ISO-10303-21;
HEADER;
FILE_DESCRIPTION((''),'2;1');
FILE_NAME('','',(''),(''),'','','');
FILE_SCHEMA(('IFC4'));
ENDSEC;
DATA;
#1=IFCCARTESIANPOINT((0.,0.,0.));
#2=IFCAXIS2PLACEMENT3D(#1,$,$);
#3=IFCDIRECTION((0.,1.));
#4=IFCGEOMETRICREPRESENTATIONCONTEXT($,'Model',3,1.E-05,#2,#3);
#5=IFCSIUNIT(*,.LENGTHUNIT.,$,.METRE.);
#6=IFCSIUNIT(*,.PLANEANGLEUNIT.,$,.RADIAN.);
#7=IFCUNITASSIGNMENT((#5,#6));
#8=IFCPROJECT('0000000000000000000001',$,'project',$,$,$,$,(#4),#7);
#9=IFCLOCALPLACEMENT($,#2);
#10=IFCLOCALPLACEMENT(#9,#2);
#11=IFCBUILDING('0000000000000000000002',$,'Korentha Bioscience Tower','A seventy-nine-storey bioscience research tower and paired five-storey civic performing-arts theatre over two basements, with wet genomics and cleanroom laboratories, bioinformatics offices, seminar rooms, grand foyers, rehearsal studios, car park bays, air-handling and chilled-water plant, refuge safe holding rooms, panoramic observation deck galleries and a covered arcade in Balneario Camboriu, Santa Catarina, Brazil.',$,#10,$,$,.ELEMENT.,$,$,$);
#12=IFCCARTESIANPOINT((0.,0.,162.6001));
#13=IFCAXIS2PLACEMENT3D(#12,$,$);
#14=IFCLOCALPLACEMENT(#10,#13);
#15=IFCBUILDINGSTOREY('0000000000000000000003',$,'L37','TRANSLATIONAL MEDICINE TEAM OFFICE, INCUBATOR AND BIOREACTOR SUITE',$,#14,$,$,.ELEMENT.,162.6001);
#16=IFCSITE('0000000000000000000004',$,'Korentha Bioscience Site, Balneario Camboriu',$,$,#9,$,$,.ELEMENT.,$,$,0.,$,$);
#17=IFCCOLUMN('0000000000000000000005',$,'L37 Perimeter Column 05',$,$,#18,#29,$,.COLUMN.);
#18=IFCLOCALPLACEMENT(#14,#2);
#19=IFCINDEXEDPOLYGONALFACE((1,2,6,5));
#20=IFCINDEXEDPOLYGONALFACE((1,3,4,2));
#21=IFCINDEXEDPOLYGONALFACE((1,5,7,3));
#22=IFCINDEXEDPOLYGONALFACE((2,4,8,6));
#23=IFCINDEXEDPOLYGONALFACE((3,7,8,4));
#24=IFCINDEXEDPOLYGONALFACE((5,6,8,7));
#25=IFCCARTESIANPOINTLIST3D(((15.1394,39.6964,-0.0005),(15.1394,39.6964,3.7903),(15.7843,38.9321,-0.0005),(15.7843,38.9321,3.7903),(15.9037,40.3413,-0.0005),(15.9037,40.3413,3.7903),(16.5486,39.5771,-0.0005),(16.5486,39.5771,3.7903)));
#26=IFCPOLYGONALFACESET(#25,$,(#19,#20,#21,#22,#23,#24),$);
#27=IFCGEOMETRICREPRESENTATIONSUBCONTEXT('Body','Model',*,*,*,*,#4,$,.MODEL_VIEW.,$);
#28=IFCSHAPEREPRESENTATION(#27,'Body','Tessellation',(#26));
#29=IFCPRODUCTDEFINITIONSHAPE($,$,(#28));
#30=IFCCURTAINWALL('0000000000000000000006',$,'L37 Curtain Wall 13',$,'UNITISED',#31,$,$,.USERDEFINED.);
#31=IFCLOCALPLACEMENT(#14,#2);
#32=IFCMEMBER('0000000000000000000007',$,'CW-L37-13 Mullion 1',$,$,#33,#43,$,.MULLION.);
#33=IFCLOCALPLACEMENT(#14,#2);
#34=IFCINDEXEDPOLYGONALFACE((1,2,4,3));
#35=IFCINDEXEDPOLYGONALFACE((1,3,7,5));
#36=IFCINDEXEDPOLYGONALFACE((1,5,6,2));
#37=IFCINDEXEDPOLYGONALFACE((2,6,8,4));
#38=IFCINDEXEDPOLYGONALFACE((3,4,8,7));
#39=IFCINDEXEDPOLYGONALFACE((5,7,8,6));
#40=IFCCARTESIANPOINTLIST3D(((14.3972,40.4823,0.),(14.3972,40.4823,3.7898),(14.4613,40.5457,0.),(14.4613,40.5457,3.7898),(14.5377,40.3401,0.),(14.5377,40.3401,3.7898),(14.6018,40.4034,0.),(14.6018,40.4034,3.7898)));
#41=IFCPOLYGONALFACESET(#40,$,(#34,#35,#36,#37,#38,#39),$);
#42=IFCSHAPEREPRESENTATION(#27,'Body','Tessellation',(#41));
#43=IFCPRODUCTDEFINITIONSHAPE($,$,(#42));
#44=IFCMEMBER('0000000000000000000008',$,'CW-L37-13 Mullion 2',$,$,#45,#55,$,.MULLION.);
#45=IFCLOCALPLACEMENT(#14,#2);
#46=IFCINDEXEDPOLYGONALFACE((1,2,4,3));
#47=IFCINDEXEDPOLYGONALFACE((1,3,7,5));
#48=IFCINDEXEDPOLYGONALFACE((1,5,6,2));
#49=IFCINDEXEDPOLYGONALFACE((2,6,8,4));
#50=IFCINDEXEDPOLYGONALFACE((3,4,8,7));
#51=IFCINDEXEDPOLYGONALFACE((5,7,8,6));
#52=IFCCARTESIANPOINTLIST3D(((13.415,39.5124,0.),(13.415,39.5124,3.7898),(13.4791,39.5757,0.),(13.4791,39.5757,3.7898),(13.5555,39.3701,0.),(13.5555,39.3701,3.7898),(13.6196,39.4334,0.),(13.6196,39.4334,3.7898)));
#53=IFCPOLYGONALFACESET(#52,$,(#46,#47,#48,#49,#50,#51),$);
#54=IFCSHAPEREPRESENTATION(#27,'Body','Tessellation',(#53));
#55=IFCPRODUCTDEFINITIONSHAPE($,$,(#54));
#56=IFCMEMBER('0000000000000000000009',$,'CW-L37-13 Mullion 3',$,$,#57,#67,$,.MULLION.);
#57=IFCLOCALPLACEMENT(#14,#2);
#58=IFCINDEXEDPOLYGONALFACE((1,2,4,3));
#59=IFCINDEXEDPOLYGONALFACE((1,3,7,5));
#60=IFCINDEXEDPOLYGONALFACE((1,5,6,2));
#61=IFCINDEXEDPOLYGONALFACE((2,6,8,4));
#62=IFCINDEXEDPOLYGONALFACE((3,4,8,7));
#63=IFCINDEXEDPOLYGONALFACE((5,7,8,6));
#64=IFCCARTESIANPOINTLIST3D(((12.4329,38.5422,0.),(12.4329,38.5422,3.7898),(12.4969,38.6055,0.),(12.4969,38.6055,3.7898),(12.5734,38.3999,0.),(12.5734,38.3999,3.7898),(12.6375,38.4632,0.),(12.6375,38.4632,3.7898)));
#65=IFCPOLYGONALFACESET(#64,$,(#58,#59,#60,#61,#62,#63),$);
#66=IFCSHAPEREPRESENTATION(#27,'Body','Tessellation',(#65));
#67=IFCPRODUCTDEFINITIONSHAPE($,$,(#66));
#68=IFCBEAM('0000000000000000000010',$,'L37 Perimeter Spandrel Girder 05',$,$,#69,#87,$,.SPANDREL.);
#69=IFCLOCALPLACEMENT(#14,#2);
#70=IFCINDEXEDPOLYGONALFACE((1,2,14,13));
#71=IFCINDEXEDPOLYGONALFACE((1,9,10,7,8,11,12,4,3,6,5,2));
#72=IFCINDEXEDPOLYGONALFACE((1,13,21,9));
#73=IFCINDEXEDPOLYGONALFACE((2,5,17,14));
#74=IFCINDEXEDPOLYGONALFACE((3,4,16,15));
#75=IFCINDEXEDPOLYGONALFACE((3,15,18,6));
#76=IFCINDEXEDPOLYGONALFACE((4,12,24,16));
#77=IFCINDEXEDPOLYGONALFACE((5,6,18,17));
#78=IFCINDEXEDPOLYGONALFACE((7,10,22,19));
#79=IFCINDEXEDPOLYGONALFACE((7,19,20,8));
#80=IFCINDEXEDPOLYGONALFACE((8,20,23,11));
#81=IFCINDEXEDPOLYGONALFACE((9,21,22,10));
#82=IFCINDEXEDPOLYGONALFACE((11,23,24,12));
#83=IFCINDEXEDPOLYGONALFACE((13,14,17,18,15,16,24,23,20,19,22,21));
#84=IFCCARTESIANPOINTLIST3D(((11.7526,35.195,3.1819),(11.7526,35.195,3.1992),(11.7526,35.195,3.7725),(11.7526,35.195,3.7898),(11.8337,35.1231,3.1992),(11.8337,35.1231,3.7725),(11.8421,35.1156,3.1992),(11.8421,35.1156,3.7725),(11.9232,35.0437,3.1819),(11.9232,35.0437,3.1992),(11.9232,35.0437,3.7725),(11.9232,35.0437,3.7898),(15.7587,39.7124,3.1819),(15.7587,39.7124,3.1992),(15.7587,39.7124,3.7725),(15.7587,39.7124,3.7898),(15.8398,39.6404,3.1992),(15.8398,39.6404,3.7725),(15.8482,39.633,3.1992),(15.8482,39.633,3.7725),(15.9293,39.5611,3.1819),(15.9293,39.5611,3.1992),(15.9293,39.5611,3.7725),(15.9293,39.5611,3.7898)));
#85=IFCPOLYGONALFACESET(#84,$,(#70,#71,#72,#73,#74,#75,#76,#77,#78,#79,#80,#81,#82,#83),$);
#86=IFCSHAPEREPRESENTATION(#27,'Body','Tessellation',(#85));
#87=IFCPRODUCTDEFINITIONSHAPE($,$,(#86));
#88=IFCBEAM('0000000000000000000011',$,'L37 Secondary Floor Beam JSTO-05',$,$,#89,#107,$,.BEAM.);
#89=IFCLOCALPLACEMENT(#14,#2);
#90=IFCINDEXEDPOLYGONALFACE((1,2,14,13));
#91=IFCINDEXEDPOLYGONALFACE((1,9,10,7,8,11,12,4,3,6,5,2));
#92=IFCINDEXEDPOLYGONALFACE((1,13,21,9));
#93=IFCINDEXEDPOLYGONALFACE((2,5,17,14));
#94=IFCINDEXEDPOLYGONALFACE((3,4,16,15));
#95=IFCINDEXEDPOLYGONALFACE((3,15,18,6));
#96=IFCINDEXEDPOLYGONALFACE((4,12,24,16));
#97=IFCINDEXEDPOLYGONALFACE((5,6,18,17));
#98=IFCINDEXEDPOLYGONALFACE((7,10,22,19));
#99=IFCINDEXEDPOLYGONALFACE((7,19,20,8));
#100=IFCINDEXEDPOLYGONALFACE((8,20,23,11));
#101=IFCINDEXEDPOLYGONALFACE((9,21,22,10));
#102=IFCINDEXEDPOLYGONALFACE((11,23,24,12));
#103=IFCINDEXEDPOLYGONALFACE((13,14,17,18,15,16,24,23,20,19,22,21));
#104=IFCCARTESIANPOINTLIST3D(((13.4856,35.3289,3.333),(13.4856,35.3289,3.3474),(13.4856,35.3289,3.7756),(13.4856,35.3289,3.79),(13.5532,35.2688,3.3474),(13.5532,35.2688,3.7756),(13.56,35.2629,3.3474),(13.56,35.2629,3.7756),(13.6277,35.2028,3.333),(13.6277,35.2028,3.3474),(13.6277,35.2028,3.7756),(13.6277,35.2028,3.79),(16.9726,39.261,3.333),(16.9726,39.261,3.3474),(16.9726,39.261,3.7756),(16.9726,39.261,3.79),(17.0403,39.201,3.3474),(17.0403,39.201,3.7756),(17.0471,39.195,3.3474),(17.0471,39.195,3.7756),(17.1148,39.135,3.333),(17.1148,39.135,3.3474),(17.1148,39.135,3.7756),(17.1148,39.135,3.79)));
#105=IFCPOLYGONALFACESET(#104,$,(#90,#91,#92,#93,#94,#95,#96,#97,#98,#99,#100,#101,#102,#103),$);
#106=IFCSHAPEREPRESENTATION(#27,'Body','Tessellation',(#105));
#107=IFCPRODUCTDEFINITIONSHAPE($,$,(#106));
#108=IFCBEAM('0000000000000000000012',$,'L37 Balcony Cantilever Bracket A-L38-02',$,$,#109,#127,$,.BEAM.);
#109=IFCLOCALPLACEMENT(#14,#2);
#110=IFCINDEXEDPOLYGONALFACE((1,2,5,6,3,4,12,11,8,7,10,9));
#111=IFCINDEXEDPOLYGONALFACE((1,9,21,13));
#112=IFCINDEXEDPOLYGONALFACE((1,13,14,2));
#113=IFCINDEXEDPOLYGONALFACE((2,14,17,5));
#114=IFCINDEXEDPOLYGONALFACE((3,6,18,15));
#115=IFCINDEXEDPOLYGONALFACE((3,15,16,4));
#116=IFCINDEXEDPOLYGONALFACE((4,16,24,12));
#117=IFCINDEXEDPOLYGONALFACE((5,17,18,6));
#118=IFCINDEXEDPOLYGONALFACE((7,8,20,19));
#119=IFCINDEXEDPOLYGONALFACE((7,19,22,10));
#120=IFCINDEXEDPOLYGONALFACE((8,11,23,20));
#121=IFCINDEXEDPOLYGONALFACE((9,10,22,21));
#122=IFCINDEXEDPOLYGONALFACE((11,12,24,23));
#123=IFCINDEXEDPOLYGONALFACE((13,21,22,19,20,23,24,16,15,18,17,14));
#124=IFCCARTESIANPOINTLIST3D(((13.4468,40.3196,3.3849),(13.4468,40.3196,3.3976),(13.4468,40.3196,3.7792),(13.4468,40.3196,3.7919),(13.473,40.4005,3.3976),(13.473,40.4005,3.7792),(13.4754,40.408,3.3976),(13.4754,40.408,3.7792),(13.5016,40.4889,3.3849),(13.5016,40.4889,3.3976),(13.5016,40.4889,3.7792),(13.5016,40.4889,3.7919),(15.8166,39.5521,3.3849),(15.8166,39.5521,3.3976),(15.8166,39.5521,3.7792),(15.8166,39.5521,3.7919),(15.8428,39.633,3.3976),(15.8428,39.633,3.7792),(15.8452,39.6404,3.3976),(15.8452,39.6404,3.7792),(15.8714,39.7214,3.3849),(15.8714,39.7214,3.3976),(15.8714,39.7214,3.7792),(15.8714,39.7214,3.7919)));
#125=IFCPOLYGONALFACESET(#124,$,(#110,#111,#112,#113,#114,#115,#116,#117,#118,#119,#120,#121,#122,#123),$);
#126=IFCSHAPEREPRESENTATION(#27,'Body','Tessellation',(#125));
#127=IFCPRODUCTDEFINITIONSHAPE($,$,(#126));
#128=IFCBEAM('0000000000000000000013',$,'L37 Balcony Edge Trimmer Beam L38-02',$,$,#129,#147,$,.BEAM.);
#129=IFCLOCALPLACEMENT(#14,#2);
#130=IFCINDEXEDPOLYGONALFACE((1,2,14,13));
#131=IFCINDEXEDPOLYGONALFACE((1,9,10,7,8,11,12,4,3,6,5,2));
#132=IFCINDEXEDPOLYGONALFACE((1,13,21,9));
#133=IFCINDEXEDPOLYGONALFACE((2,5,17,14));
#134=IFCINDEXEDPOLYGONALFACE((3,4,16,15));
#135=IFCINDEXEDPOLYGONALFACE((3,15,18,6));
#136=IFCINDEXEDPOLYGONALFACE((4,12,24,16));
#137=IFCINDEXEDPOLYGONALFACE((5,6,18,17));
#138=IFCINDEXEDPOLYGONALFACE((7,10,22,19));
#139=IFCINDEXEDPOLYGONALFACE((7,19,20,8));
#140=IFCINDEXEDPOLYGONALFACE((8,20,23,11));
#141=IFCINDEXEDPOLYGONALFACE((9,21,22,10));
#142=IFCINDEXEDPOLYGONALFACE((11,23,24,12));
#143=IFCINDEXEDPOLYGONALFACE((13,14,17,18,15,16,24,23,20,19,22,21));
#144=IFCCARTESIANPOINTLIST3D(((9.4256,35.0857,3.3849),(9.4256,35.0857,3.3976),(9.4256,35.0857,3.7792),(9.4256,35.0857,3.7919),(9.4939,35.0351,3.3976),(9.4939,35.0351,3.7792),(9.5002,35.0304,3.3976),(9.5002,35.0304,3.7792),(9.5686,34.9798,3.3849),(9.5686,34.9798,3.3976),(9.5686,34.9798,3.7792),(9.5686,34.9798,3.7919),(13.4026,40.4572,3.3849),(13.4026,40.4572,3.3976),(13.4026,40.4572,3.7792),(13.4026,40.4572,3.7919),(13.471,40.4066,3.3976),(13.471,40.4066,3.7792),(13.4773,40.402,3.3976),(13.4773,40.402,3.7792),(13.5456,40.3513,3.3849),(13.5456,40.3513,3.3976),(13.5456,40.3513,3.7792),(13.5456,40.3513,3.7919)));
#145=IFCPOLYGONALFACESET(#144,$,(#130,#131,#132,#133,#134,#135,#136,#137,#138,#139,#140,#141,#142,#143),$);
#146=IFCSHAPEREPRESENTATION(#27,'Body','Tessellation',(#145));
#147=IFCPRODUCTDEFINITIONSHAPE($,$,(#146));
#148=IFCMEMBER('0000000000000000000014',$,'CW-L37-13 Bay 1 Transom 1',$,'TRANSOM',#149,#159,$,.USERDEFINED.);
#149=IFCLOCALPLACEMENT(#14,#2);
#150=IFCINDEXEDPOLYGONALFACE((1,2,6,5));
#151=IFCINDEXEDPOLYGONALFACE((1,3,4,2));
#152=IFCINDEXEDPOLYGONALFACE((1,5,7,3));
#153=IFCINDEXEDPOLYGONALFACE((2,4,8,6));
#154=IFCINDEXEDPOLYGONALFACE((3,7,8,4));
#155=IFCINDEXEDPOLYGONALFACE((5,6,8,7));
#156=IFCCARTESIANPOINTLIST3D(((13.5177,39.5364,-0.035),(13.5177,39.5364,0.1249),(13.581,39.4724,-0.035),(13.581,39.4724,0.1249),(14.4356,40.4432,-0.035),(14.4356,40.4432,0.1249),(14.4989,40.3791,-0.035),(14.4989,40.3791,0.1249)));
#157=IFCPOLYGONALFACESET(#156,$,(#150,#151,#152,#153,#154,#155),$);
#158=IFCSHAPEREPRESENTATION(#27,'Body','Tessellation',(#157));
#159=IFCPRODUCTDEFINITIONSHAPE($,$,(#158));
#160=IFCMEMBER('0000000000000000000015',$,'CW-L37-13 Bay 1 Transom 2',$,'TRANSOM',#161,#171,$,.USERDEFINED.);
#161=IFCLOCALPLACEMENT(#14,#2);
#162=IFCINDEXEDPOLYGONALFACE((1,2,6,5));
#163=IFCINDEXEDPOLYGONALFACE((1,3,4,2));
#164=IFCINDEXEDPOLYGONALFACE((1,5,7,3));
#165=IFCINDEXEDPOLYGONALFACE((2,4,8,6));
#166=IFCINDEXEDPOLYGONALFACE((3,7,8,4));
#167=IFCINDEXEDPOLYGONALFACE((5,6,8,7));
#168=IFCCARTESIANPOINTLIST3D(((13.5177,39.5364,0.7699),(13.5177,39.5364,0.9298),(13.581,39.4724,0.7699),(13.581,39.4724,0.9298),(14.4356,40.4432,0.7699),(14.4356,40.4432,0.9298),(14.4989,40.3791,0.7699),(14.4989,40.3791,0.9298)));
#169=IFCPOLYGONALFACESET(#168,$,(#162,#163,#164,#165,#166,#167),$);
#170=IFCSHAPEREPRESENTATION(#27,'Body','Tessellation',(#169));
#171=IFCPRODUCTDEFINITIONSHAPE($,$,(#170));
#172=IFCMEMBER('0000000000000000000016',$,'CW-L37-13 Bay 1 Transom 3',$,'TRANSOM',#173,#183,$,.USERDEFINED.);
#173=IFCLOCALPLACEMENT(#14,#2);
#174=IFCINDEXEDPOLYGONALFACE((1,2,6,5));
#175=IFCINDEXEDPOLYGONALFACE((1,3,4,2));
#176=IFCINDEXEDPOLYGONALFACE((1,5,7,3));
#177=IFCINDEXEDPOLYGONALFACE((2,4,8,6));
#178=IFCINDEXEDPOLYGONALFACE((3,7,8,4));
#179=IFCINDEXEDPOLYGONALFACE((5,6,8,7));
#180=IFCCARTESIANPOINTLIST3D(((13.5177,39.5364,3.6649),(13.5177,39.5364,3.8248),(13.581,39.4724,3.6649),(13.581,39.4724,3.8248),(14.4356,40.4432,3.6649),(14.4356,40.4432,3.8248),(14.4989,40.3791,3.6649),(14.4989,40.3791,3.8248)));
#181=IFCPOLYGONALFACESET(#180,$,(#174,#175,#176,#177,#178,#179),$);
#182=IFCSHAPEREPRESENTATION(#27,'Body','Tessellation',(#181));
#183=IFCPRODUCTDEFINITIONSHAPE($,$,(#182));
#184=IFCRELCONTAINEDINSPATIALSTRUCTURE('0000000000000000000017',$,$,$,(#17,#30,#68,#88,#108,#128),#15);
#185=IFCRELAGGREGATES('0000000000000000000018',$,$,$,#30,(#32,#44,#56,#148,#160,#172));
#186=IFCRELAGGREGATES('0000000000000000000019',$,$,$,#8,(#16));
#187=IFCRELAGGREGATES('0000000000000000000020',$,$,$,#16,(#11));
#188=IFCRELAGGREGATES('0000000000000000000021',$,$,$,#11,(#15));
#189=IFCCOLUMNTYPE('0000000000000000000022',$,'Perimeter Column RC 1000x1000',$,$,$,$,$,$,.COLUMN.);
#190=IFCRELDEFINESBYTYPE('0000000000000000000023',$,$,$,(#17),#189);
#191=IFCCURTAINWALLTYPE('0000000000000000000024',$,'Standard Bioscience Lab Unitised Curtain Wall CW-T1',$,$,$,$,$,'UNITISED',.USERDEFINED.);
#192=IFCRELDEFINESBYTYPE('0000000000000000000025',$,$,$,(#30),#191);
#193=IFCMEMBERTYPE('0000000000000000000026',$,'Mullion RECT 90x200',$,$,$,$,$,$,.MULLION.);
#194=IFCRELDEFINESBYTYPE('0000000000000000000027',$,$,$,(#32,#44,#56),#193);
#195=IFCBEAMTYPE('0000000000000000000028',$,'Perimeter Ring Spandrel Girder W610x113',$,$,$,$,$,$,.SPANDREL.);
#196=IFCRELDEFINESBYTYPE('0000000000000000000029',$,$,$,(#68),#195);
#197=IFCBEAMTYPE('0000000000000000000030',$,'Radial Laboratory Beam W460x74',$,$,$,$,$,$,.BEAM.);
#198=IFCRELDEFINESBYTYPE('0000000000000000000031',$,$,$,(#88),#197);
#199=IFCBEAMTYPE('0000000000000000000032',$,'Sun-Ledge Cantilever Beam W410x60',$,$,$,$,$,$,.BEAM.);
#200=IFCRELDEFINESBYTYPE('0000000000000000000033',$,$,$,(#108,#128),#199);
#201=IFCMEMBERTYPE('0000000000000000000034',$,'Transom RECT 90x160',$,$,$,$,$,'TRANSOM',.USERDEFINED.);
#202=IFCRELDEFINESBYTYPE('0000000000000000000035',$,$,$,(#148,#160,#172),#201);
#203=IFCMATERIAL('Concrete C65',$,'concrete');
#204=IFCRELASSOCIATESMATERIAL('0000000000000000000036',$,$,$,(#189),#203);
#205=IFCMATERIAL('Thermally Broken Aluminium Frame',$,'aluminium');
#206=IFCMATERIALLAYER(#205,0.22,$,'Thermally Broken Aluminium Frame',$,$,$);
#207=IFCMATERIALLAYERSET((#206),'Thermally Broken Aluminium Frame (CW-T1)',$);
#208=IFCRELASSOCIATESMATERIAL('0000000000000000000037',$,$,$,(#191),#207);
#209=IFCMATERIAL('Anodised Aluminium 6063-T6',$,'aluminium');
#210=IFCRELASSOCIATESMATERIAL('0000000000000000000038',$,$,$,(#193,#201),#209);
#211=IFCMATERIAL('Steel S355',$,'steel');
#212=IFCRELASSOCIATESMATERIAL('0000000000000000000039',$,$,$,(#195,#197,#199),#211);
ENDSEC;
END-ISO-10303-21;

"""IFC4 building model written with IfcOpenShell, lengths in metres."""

from ifc_helpers import new_model, si_unit, direction, frame, origin, origin_2d, place, context, subcontext, project, spatial, rectangle, i_section, extrude, material, layer, layer_set, material_profile, profile_set, type_object, element, aggregate, save


model = new_model("IFC4")

# Units and contexts
model_context = context("Model", 3, precision=1e-05, world=origin(), true_north=direction((0.0, 1.0)))
body_context = subcontext(model_context, "Body", "Model", "MODEL_VIEW")
ifc_project = project(units=[si_unit("LENGTHUNIT", "METRE"), si_unit("PLANEANGLEUNIT", "RADIAN")], contexts=[model_context])

# Site, building, storey
site_placement = place(None, origin())
site = spatial("IfcSite", under=ifc_project, at=site_placement, Name="Korentha Bioscience Site, Balneario Camboriu", CompositionType="ELEMENT", RefElevation=0.0)
building_placement = place(site_placement, origin())
building = spatial("IfcBuilding", under=site, at=building_placement, Name="Korentha Bioscience Tower", Description="A seventy-nine-storey bioscience research tower and paired five-storey civic performing-arts theatre over two basements, with wet genomics and cleanroom laboratories, bioinformatics offices, seminar rooms, grand foyers, rehearsal studios, car park bays, air-handling and chilled-water plant, refuge safe holding rooms, panoramic observation deck galleries and a covered arcade in Balneario Camboriu, Santa Catarina, Brazil.", CompositionType="ELEMENT")
storey_placement = place(building_placement, frame((0.0, 0.0, 162.6001)))
storey = spatial("IfcBuildingStorey", under=building, at=storey_placement, Name="L37", Description="TRANSLATIONAL MEDICINE TEAM OFFICE, INCUBATOR AND BIOREACTOR SUITE", CompositionType="ELEMENT", Elevation=162.6001)

# Column
ifc_material_1 = material(Name="Concrete C65", Category="concrete")
ifc_material_profile_1 = material_profile(ifc_material_1, rectangle(XDim=1.0, YDim=1.0, at=origin_2d()), Name="Concrete C65")
ifc_profile_set_1 = profile_set([ifc_material_profile_1], Name="Concrete C65 (COL-P10)")
column_type = type_object("IfcColumnType", Name="Perimeter Column RC 1000x1000", PredefinedType="COLUMN", material=ifc_profile_set_1)
column_placement = place(storey_placement, frame((15.844, 39.6367, -0.0005), z_axis=(0.0, 0.0, 1.0), x_axis=(0.764246, 0.644924, 0.0)))
element("IfcColumn", 1, at=column_placement, inside=storey, type_object=column_type, Name="L37 Perimeter Column 05", PredefinedType="COLUMN", context=body_context, shape_type="SweptSolid", body=[
    extrude(rectangle(XDim=1.0, YDim=1.0, at=origin_2d()), origin(), (0.0, 0.0, 1.0), 3.7908),
])

# Curtain wall, members
ifc_material_2 = material(Name="Thermally Broken Aluminium Frame", Category="aluminium")
ifc_layer_1 = layer(ifc_material_2, 0.22, Name="Thermally Broken Aluminium Frame")
ifc_layer_set_1 = layer_set([ifc_layer_1], Name="Thermally Broken Aluminium Frame (CW-T1)")
curtain_wall_type = type_object("IfcCurtainWallType", Name="Standard Bioscience Lab Unitised Curtain Wall CW-T1", ElementType="UNITISED", PredefinedType="USERDEFINED", material=ifc_layer_set_1)
curtain_wall_placement = place(storey_placement, origin())
curtain_wall = element("IfcCurtainWall", 2, at=curtain_wall_placement, inside=storey, type_object=curtain_wall_type, Name="L37 Curtain Wall 13", ObjectType="UNITISED", PredefinedType="USERDEFINED")
ifc_material_3 = material(Name="Anodised Aluminium 6063-T6", Category="aluminium")
ifc_material_profile_2 = material_profile(ifc_material_3, rectangle(XDim=0.0901, YDim=0.2, at=origin_2d()), Name="Anodised Aluminium 6063-T6")
ifc_profile_set_2 = profile_set([ifc_material_profile_2], Name="Anodised Aluminium 6063-T6 (CW-MUL)")
member_type_1 = type_object("IfcMemberType", Name="Mullion RECT 90x200", PredefinedType="MULLION", material=ifc_profile_set_2)
member_1_placement = place(storey_placement, frame((14.4995, 40.4429, 0.0), z_axis=(0.0, 0.0, 1.0), x_axis=(-0.711461, -0.702726, 0.0)))
member_1 = element("IfcMember", 3, at=member_1_placement, type_object=member_type_1, Name="CW-L37-13 Mullion 1", PredefinedType="MULLION", context=body_context, shape_type="SweptSolid", body=[
    extrude(rectangle(XDim=0.0901, YDim=0.2, at=origin_2d()), origin(), (0.0, 0.0, 1.0), 3.7898),
])
member_2_placement = place(storey_placement, frame((13.5173, 39.4729, 0.0), z_axis=(0.0, 0.0, 1.0), x_axis=(-0.711461, -0.702726, 0.0)))
member_2 = element("IfcMember", 4, at=member_2_placement, type_object=member_type_1, Name="CW-L37-13 Mullion 2", PredefinedType="MULLION", context=body_context, shape_type="SweptSolid", body=[
    extrude(rectangle(XDim=0.0901, YDim=0.2, at=origin_2d()), origin(), (0.0, 0.0, 1.0), 3.7898),
])
member_3_placement = place(storey_placement, frame((12.5352, 38.5027, 0.0), z_axis=(0.0, 0.0, 1.0), x_axis=(-0.711461, -0.702726, 0.0)))
member_3 = element("IfcMember", 5, at=member_3_placement, type_object=member_type_1, Name="CW-L37-13 Mullion 3", PredefinedType="MULLION", context=body_context, shape_type="SweptSolid", body=[
    extrude(rectangle(XDim=0.0901, YDim=0.2, at=origin_2d()), origin(), (0.0, 0.0, 1.0), 3.7898),
])

# Beams
ifc_material_4 = material(Name="Steel S355", Category="steel")
ifc_material_profile_3 = material_profile(ifc_material_4, i_section(OverallWidth=0.228, OverallDepth=0.6079, WebThickness=0.0112, FlangeThickness=0.0173, at=origin_2d()), Name="Steel S355")
ifc_profile_set_3 = profile_set([ifc_material_profile_3], Name="Steel S355 (SB-610)")
beam_type_1 = type_object("IfcBeamType", Name="Perimeter Ring Spandrel Girder W610x113", PredefinedType="SPANDREL", material=ifc_profile_set_3)
beam_1_placement = place(storey_placement, frame((15.844, 39.6367, 3.4858), z_axis=(-0.663503, -0.748174, 0.0), x_axis=(0.748174, -0.663503, 0.0)))
element("IfcBeam", 6, at=beam_1_placement, inside=storey, type_object=beam_type_1, Name="L37 Perimeter Spandrel Girder 05", PredefinedType="SPANDREL", context=body_context, shape_type="SweptSolid", body=[
    extrude(i_section(OverallWidth=0.228, OverallDepth=0.6079, WebThickness=0.0112, FlangeThickness=0.0173, at=origin_2d()), origin(), (0.0, 0.0, 1.0), 6.0378),
])
ifc_material_profile_4 = material_profile(ifc_material_4, i_section(OverallWidth=0.1899, OverallDepth=0.457, WebThickness=0.009, FlangeThickness=0.0144, at=origin_2d()), Name="Steel S355")
ifc_profile_set_4 = profile_set([ifc_material_profile_4], Name="Steel S355 (RB-460)")
beam_type_2 = type_object("IfcBeamType", Name="Radial Laboratory Beam W460x74", PredefinedType="BEAM", material=ifc_profile_set_4)
beam_2_placement = place(storey_placement, frame((17.0437, 39.198, 3.5615), z_axis=(-0.663496, -0.74818, 0.0), x_axis=(0.74818, -0.663496, 0.0)))
element("IfcBeam", 7, at=beam_2_placement, inside=storey, type_object=beam_type_2, Name="L37 Secondary Floor Beam JSTO-05", PredefinedType="BEAM", context=body_context, shape_type="SweptSolid", body=[
    extrude(i_section(OverallWidth=0.1899, OverallDepth=0.457, WebThickness=0.009, FlangeThickness=0.0144, at=origin_2d()), origin(), (0.0, 0.0, 1.0), 5.2556),
])
ifc_material_profile_5 = material_profile(ifc_material_4, i_section(OverallWidth=0.178, OverallDepth=0.407, WebThickness=0.0078, FlangeThickness=0.0127, at=origin_2d()), Name="Steel S355")
ifc_profile_set_5 = profile_set([ifc_material_profile_5], Name="Steel S355 (CB-410)")
beam_type_3 = type_object("IfcBeamType", Name="Sun-Ledge Cantilever Beam W410x60", PredefinedType="BEAM", material=ifc_profile_set_5)
beam_3_placement = place(storey_placement, frame((15.844, 39.6367, 3.5884), z_axis=(-0.951344, 0.308131, 0.0), x_axis=(-0.308131, -0.951344, 0.0)))
element("IfcBeam", 8, at=beam_3_placement, inside=storey, type_object=beam_type_3, Name="L37 Balcony Cantilever Bracket A-L38-02", PredefinedType="BEAM", context=body_context, shape_type="SweptSolid", body=[
    extrude(i_section(OverallWidth=0.178, OverallDepth=0.407, WebThickness=0.0078, FlangeThickness=0.0127, at=origin_2d()), origin(), (0.0, 0.0, 1.0), 2.491),
])
beam_4_placement = place(storey_placement, frame((13.4741, 40.4043, 3.5884), z_axis=(-0.595044, -0.803693, 0.0), x_axis=(0.803693, -0.595044, 0.0)))
element("IfcBeam", 9, at=beam_4_placement, inside=storey, type_object=beam_type_3, Name="L37 Balcony Edge Trimmer Beam L38-02", PredefinedType="BEAM", context=body_context, shape_type="SweptSolid", body=[
    extrude(i_section(OverallWidth=0.178, OverallDepth=0.407, WebThickness=0.0078, FlangeThickness=0.0127, at=origin_2d()), origin(), (0.0, 0.0, 1.0), 6.6836),
])

# Members
ifc_material_profile_6 = material_profile(ifc_material_3, rectangle(XDim=0.0901, YDim=0.1599, at=origin_2d()), Name="Anodised Aluminium 6063-T6")
ifc_profile_set_6 = profile_set([ifc_material_profile_6], Name="Anodised Aluminium 6063-T6 (CW-TRN)")
member_type_2 = type_object("IfcMemberType", Name="Transom RECT 90x160", ElementType="TRANSOM", PredefinedType="USERDEFINED", material=ifc_profile_set_6)
member_4_placement = place(storey_placement, frame((14.4673, 40.4111, 0.0449), z_axis=(-0.711445, -0.702741, 0.0), x_axis=(0.702741, -0.711445, 0.0)))
member_4 = element("IfcMember", 10, at=member_4_placement, type_object=member_type_2, Name="CW-L37-13 Bay 1 Transom 1", ObjectType="TRANSOM", PredefinedType="USERDEFINED", context=body_context, shape_type="SweptSolid", body=[
    extrude(rectangle(XDim=0.0901, YDim=0.1599, at=origin_2d()), origin(), (0.0, 0.0, 1.0), 1.2903),
])
member_5_placement = place(storey_placement, frame((14.4673, 40.4111, 0.8499), z_axis=(-0.711445, -0.702741, 0.0), x_axis=(0.702741, -0.711445, 0.0)))
member_5 = element("IfcMember", 11, at=member_5_placement, type_object=member_type_2, Name="CW-L37-13 Bay 1 Transom 2", ObjectType="TRANSOM", PredefinedType="USERDEFINED", context=body_context, shape_type="SweptSolid", body=[
    extrude(rectangle(XDim=0.0901, YDim=0.1599, at=origin_2d()), origin(), (0.0, 0.0, 1.0), 1.2903),
])
member_6_placement = place(storey_placement, frame((14.4673, 40.4111, 3.7449), z_axis=(-0.711445, -0.702741, 0.0), x_axis=(0.702741, -0.711445, 0.0)))
member_6 = element("IfcMember", 12, at=member_6_placement, type_object=member_type_2, Name="CW-L37-13 Bay 1 Transom 3", ObjectType="TRANSOM", PredefinedType="USERDEFINED", context=body_context, shape_type="SweptSolid", body=[
    extrude(rectangle(XDim=0.0901, YDim=0.1599, at=origin_2d()), origin(), (0.0, 0.0, 1.0), 1.2903),
])

aggregate(curtain_wall, [member_1, member_2, member_3, member_4, member_5, member_6])

save(model, "model.ifc")
